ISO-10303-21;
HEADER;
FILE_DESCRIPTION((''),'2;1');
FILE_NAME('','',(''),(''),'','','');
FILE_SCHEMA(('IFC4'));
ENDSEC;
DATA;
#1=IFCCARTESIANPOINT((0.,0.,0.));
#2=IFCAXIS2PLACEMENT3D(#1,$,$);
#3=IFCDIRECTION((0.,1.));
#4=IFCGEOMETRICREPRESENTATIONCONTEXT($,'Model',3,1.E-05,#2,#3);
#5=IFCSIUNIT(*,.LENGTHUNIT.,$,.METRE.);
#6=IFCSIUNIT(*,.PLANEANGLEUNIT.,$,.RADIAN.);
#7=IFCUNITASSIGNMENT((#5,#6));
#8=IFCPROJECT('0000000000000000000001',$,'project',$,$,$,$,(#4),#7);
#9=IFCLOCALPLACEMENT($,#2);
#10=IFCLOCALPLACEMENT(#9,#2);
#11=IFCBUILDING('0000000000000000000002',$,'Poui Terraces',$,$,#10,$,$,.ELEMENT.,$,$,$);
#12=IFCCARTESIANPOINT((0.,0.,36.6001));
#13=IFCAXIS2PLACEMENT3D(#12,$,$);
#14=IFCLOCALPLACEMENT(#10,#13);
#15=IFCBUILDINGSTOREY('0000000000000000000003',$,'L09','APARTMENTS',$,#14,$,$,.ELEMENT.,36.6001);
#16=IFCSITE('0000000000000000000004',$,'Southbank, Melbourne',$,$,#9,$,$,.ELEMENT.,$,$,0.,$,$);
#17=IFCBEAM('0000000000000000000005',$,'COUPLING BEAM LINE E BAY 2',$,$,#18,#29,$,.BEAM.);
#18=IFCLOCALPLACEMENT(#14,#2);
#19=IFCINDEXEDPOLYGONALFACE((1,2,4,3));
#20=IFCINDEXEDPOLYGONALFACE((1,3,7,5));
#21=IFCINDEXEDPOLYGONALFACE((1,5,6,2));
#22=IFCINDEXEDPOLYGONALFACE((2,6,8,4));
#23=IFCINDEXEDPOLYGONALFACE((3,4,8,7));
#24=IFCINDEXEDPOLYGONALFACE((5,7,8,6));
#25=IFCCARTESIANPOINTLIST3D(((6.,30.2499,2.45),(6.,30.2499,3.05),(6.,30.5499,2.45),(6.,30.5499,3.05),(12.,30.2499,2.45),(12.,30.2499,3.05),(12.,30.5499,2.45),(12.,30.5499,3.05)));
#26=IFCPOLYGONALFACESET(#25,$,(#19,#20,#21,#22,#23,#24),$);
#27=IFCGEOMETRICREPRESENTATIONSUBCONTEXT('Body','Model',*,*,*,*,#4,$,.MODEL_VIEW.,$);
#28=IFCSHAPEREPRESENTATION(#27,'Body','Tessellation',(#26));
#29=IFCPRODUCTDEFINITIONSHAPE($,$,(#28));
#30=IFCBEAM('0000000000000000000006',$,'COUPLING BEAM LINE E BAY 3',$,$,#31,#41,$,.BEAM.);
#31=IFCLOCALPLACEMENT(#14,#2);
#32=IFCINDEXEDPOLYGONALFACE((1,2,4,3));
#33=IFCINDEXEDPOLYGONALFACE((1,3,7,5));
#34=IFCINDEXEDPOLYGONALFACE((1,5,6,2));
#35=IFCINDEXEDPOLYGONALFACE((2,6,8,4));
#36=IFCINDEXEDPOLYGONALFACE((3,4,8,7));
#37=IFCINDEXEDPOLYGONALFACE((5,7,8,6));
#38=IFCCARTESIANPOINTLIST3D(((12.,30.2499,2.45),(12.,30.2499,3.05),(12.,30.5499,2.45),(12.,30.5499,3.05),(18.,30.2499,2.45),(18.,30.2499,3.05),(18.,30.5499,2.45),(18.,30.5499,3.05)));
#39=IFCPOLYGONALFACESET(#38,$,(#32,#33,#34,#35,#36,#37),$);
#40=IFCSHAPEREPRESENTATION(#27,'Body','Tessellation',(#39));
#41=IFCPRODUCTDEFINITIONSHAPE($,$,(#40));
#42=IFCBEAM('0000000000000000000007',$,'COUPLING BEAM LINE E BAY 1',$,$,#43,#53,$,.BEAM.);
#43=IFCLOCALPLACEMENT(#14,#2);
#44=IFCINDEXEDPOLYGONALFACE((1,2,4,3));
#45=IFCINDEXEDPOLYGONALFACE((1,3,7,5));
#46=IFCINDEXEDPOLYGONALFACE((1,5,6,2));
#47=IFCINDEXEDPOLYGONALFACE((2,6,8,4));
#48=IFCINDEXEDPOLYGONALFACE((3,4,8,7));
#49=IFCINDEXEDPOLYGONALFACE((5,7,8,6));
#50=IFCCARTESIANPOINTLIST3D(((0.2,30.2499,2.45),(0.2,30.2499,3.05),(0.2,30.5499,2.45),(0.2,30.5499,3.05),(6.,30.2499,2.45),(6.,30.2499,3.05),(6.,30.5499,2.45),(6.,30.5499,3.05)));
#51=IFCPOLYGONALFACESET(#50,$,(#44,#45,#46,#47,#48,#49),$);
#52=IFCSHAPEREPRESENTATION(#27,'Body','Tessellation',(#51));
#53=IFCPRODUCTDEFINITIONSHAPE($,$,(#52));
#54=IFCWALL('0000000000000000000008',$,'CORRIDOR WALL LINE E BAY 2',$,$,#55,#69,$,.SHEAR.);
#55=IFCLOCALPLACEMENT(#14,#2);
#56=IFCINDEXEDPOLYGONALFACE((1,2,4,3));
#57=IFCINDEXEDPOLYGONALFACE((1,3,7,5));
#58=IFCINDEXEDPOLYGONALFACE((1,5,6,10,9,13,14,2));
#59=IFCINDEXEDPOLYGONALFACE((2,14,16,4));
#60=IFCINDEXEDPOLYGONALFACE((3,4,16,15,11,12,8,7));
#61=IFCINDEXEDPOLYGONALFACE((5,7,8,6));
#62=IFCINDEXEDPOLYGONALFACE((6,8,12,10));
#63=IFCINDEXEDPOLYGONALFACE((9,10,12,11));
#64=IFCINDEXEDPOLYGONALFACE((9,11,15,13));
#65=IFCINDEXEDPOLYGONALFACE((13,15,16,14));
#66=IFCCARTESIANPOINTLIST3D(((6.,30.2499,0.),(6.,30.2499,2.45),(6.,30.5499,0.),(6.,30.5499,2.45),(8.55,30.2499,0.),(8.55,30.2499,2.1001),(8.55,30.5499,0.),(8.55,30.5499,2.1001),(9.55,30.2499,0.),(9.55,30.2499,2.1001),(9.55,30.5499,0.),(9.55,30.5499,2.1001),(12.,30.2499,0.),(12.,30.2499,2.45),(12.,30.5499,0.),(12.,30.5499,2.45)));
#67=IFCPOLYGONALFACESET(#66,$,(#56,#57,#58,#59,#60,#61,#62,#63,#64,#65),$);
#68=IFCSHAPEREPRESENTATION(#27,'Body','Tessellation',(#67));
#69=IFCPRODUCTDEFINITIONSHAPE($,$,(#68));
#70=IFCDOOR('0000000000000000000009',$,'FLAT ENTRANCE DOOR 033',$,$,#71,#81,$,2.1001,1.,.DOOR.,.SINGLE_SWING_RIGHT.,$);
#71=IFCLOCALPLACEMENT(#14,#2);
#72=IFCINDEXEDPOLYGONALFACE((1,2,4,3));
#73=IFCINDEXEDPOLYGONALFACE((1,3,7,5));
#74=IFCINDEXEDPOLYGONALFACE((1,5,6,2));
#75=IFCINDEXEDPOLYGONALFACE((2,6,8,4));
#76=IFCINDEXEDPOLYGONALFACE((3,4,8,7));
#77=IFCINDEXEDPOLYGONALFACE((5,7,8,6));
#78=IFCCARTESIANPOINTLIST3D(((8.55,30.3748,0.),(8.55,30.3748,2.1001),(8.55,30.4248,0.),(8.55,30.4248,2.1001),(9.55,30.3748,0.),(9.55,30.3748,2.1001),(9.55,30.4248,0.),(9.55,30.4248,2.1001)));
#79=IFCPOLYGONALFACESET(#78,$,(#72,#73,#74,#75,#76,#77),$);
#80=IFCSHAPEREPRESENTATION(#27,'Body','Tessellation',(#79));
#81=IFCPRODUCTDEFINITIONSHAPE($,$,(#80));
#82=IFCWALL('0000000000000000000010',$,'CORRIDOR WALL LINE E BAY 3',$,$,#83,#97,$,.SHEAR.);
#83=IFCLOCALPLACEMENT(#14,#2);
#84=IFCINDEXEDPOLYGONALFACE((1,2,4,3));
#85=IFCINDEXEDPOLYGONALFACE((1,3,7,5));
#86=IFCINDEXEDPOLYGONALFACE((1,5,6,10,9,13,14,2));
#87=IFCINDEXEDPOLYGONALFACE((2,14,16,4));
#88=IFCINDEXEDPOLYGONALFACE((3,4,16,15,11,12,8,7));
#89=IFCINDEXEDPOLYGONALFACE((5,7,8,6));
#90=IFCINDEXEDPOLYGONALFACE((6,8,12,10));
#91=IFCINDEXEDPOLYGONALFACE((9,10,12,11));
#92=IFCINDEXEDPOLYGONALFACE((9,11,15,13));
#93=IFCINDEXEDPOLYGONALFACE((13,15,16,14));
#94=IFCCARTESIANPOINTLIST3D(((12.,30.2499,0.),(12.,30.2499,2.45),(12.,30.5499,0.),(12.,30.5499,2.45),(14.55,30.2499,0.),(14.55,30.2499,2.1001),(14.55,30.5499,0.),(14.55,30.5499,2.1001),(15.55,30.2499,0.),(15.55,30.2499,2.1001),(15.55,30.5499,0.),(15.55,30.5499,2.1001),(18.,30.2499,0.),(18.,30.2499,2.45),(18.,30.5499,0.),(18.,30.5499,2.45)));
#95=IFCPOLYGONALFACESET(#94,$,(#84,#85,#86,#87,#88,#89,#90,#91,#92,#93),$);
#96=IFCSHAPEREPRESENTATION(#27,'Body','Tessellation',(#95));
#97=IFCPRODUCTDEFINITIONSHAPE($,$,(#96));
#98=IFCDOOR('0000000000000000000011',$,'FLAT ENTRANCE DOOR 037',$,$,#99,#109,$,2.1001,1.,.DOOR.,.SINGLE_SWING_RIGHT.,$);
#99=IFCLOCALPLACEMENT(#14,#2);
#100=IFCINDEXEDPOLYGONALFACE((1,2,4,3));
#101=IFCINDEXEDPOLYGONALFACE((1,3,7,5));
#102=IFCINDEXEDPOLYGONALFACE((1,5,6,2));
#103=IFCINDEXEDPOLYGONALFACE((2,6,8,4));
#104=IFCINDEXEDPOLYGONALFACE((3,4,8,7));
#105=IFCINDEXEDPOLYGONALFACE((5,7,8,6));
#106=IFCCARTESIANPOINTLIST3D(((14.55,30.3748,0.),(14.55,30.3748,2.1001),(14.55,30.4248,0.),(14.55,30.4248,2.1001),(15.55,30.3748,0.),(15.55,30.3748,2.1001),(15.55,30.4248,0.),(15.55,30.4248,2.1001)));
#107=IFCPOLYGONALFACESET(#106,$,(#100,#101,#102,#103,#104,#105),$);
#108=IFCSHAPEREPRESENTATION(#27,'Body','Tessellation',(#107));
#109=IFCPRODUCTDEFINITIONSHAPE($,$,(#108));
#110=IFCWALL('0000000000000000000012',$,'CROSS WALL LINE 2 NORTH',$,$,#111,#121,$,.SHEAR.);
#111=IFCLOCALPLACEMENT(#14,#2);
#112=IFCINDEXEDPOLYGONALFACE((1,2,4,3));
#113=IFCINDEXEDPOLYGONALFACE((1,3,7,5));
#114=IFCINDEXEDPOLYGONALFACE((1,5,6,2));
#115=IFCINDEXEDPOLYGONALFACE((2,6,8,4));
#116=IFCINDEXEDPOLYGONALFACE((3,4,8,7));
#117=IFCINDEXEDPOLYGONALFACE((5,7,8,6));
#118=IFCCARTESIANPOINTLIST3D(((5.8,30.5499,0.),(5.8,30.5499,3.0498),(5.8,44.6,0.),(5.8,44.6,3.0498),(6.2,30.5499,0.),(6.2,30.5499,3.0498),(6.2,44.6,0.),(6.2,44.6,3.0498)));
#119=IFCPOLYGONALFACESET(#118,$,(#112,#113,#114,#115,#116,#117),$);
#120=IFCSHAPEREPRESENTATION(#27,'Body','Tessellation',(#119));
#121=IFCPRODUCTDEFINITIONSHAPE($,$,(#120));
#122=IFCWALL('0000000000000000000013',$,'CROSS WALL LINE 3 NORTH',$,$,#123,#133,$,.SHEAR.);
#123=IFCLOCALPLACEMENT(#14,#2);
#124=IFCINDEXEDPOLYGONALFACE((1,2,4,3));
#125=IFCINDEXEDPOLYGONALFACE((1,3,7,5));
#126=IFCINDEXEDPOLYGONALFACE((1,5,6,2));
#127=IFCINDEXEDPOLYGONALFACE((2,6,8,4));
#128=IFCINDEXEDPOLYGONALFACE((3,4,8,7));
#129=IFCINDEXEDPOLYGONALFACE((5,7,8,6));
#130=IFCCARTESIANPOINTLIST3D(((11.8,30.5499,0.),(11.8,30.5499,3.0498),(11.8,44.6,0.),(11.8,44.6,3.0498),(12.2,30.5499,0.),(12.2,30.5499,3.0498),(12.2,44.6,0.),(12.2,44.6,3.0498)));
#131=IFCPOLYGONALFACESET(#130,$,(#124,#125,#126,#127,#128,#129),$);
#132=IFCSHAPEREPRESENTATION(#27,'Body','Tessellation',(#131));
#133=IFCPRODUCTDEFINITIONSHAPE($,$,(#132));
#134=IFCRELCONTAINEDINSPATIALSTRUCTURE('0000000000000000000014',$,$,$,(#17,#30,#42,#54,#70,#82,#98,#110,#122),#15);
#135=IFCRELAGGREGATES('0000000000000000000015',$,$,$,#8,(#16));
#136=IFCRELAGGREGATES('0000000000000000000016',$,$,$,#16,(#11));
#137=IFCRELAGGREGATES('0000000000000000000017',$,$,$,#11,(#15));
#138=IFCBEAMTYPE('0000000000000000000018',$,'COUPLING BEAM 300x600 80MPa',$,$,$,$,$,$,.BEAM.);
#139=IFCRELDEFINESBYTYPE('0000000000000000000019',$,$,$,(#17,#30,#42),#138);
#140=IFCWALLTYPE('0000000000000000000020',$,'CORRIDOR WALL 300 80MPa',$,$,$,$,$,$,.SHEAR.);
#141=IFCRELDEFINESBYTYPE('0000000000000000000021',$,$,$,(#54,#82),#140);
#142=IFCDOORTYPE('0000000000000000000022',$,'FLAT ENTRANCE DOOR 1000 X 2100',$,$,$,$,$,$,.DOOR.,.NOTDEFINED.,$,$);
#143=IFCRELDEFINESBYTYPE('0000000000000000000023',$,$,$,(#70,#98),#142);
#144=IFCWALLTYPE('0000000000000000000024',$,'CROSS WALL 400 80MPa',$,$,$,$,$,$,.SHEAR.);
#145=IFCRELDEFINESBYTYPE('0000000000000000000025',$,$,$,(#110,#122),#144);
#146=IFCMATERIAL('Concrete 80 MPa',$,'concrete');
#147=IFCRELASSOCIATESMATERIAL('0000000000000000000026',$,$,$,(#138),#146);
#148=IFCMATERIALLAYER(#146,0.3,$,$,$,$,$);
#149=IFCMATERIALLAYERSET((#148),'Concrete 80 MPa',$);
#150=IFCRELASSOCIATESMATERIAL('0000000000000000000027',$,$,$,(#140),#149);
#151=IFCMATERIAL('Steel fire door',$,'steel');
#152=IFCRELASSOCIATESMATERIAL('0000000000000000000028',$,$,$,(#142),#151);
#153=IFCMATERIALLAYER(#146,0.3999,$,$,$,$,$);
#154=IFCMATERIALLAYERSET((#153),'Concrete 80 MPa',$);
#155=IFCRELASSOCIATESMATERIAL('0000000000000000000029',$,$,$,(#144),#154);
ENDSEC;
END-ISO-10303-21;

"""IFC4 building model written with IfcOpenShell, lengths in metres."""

from ifc_helpers import new_model, si_unit, direction, frame, frame_2d, origin, origin_2d, place, context, subcontext, project, spatial, rectangle, extrude, source, transform, mapped, material, layer, layer_set, material_profile, profile_set, type_object, element, fill, save


model = new_model("IFC4")

# Units and contexts
model_context = context("Model", 3, precision=1e-05, world=origin(), true_north=direction((0.0, 1.0)))
body_context = subcontext(model_context, "Body", "Model", "MODEL_VIEW")
ifc_project = project(units=[si_unit("LENGTHUNIT", "METRE"), si_unit("PLANEANGLEUNIT", "RADIAN")], contexts=[model_context])

# Site, building, storey
site_placement = place(None, origin())
site = spatial("IfcSite", under=ifc_project, at=site_placement, Name="Southbank, Melbourne", CompositionType="ELEMENT", RefElevation=0.0)
building_placement = place(site_placement, origin())
building = spatial("IfcBuilding", under=site, at=building_placement, Name="Poui Terraces", CompositionType="ELEMENT")
storey_placement = place(building_placement, frame((0.0, 0.0, 36.6001)))
storey = spatial("IfcBuildingStorey", under=building, at=storey_placement, Name="L09", Description="APARTMENTS", CompositionType="ELEMENT", Elevation=36.6001)

# Beams
ifc_material_1 = material(Name="Concrete 80 MPa", Category="concrete")
ifc_material_profile = material_profile(ifc_material_1, rectangle(XDim=0.3, YDim=0.6001, at=origin_2d()), Name="RC 300x600")
ifc_profile_set = profile_set([ifc_material_profile], Name="Concrete 80 MPa")
beam_type = type_object("IfcBeamType", Name="COUPLING BEAM 300x600 80MPa", PredefinedType="BEAM", material=ifc_profile_set)
shared_shape_1 = source(origin(), body_context, "Body", "SweptSolid", [
    extrude(rectangle(XDim=0.3, YDim=0.6001, at=origin_2d()), origin(), (0.0, 0.0, 1.0), 6.0),
])
for number, where, z_axis, x_axis, name in (
    (1, (6.0, 30.3999, 2.75), (1.0, 0.0, 0.0), (0.0, 1.0, 0.0), "COUPLING BEAM LINE E BAY 2"),
    (2, (12.0, 30.3999, 2.75), (1.0, 0.0, 0.0), (0.0, 1.0, 0.0), "COUPLING BEAM LINE E BAY 3"),
):
    element("IfcBeam", number, at=place(storey_placement, frame(where, z_axis=z_axis, x_axis=x_axis)), inside=storey, type_object=beam_type, Name=name, PredefinedType="BEAM", context=body_context, shape_type="MappedRepresentation", body=[
        mapped(shared_shape_1, transform((0.0, 0.0, 0.0))),
    ])
shared_shape_2 = source(origin(), body_context, "Body", "SweptSolid", [
    extrude(rectangle(XDim=0.3, YDim=0.6001, at=origin_2d()), origin(), (0.0, 0.0, 1.0), 5.8),
])
beam_placement = place(storey_placement, frame((0.2, 30.3999, 2.75), z_axis=(1.0, 0.0, 0.0), x_axis=(0.0, 1.0, 0.0)))
element("IfcBeam", 3, at=beam_placement, inside=storey, type_object=beam_type, Name="COUPLING BEAM LINE E BAY 1", PredefinedType="BEAM", context=body_context, shape_type="MappedRepresentation", body=[
    mapped(shared_shape_2, transform((0.0, 0.0, 0.0))),
])

# Walls, openings, doors
ifc_layer_1 = layer(ifc_material_1, 0.3)
ifc_layer_set_1 = layer_set([ifc_layer_1], Name="Concrete 80 MPa")
wall_type_1 = type_object("IfcWallType", Name="CORRIDOR WALL 300 80MPa", PredefinedType="SHEAR", material=ifc_layer_set_1)
wall_1_placement = place(storey_placement, frame((6.0, 30.3999, 0.0), z_axis=(0.0, 0.0, 1.0), x_axis=(1.0, 0.0, 0.0)))
wall_1 = element("IfcWall", 4, at=wall_1_placement, inside=storey, type_object=wall_type_1, Name="CORRIDOR WALL LINE E BAY 2", PredefinedType="SHEAR", context=body_context, shape_type="SweptSolid", body=[
    extrude(rectangle(XDim=6.0, YDim=0.3, at=frame_2d((3.0, 0.0))), origin(), (0.0, 0.0, 1.0), 2.45),
])
opening_1_placement = place(wall_1_placement, frame((2.55, 0.0, 0.0)))
opening_1 = element("IfcOpeningElement", 5, at=opening_1_placement, cuts=wall_1, PredefinedType="OPENING", context=body_context, shape_type="SweptSolid", body=[
    extrude(rectangle(XDim=1.0, YDim=2.1001, at=frame_2d((0.5, 1.05))), frame((0.0, 0.1602, 0.0), z_axis=(0.0, -1.0, 0.0), x_axis=(1.0, 0.0, 0.0)), (0.0, 0.0, 1.0), 0.3201),
])
ifc_material_2 = material(Name="Steel fire door", Category="steel")
door_type = type_object("IfcDoorType", Name="FLAT ENTRANCE DOOR 1000 X 2100", OperationType="NOTDEFINED", PredefinedType="DOOR", material=ifc_material_2)
door_1_placement = place(opening_1_placement, origin())
door_1 = element("IfcDoor", 6, at=door_1_placement, inside=storey, type_object=door_type, Name="FLAT ENTRANCE DOOR 033", OperationType="SINGLE_SWING_RIGHT", OverallHeight=2.1001, OverallWidth=1.0, PredefinedType="DOOR", context=body_context, shape_type="SweptSolid", body=[
    extrude(rectangle(XDim=1.0, YDim=2.1001, at=frame_2d((0.5, 1.05))), frame((0.0, 0.0249, 0.0), z_axis=(0.0, -1.0, 0.0), x_axis=(1.0, 0.0, 0.0)), (0.0, 0.0, 1.0), 0.05),
])
fill(opening_1, door_1)
wall_2_placement = place(storey_placement, frame((12.0, 30.3999, 0.0), z_axis=(0.0, 0.0, 1.0), x_axis=(1.0, 0.0, 0.0)))
wall_2 = element("IfcWall", 7, at=wall_2_placement, inside=storey, type_object=wall_type_1, Name="CORRIDOR WALL LINE E BAY 3", PredefinedType="SHEAR", context=body_context, shape_type="SweptSolid", body=[
    extrude(rectangle(XDim=6.0, YDim=0.3, at=frame_2d((3.0, 0.0))), origin(), (0.0, 0.0, 1.0), 2.45),
])
opening_2_placement = place(wall_2_placement, frame((2.55, 0.0, 0.0)))
opening_2 = element("IfcOpeningElement", 8, at=opening_2_placement, cuts=wall_2, PredefinedType="OPENING", context=body_context, shape_type="SweptSolid", body=[
    extrude(rectangle(XDim=1.0, YDim=2.1001, at=frame_2d((0.5, 1.05))), frame((0.0, 0.1602, 0.0), z_axis=(0.0, -1.0, 0.0), x_axis=(1.0, 0.0, 0.0)), (0.0, 0.0, 1.0), 0.3201),
])
door_2_placement = place(opening_2_placement, origin())
door_2 = element("IfcDoor", 9, at=door_2_placement, inside=storey, type_object=door_type, Name="FLAT ENTRANCE DOOR 037", OperationType="SINGLE_SWING_RIGHT", OverallHeight=2.1001, OverallWidth=1.0, PredefinedType="DOOR", context=body_context, shape_type="SweptSolid", body=[
    extrude(rectangle(XDim=1.0, YDim=2.1001, at=frame_2d((0.5, 1.05))), frame((0.0, 0.0249, 0.0), z_axis=(0.0, -1.0, 0.0), x_axis=(1.0, 0.0, 0.0)), (0.0, 0.0, 1.0), 0.05),
])
fill(opening_2, door_2)

# Walls
ifc_layer_2 = layer(ifc_material_1, 0.3999)
ifc_layer_set_2 = layer_set([ifc_layer_2], Name="Concrete 80 MPa")
wall_type_2 = type_object("IfcWallType", Name="CROSS WALL 400 80MPa", PredefinedType="SHEAR", material=ifc_layer_set_2)
for number, where, z_axis, x_axis, name in (
    (10, (6.0, 30.55, 0.0), (0.0, 0.0, 1.0), (0.0, 1.0, 0.0), "CROSS WALL LINE 2 NORTH"),
    (11, (12.0, 30.55, 0.0), (0.0, 0.0, 1.0), (0.0, 1.0, 0.0), "CROSS WALL LINE 3 NORTH"),
):
    element("IfcWall", number, at=place(storey_placement, frame(where, z_axis=z_axis, x_axis=x_axis)), inside=storey, type_object=wall_type_2, Name=name, PredefinedType="SHEAR", context=body_context, shape_type="SweptSolid", body=[
        extrude(rectangle(XDim=14.05, YDim=0.3999, at=frame_2d((7.0249, 0.0))), origin(), (0.0, 0.0, 1.0), 3.0498),
    ])

save(model, "model.ifc")
